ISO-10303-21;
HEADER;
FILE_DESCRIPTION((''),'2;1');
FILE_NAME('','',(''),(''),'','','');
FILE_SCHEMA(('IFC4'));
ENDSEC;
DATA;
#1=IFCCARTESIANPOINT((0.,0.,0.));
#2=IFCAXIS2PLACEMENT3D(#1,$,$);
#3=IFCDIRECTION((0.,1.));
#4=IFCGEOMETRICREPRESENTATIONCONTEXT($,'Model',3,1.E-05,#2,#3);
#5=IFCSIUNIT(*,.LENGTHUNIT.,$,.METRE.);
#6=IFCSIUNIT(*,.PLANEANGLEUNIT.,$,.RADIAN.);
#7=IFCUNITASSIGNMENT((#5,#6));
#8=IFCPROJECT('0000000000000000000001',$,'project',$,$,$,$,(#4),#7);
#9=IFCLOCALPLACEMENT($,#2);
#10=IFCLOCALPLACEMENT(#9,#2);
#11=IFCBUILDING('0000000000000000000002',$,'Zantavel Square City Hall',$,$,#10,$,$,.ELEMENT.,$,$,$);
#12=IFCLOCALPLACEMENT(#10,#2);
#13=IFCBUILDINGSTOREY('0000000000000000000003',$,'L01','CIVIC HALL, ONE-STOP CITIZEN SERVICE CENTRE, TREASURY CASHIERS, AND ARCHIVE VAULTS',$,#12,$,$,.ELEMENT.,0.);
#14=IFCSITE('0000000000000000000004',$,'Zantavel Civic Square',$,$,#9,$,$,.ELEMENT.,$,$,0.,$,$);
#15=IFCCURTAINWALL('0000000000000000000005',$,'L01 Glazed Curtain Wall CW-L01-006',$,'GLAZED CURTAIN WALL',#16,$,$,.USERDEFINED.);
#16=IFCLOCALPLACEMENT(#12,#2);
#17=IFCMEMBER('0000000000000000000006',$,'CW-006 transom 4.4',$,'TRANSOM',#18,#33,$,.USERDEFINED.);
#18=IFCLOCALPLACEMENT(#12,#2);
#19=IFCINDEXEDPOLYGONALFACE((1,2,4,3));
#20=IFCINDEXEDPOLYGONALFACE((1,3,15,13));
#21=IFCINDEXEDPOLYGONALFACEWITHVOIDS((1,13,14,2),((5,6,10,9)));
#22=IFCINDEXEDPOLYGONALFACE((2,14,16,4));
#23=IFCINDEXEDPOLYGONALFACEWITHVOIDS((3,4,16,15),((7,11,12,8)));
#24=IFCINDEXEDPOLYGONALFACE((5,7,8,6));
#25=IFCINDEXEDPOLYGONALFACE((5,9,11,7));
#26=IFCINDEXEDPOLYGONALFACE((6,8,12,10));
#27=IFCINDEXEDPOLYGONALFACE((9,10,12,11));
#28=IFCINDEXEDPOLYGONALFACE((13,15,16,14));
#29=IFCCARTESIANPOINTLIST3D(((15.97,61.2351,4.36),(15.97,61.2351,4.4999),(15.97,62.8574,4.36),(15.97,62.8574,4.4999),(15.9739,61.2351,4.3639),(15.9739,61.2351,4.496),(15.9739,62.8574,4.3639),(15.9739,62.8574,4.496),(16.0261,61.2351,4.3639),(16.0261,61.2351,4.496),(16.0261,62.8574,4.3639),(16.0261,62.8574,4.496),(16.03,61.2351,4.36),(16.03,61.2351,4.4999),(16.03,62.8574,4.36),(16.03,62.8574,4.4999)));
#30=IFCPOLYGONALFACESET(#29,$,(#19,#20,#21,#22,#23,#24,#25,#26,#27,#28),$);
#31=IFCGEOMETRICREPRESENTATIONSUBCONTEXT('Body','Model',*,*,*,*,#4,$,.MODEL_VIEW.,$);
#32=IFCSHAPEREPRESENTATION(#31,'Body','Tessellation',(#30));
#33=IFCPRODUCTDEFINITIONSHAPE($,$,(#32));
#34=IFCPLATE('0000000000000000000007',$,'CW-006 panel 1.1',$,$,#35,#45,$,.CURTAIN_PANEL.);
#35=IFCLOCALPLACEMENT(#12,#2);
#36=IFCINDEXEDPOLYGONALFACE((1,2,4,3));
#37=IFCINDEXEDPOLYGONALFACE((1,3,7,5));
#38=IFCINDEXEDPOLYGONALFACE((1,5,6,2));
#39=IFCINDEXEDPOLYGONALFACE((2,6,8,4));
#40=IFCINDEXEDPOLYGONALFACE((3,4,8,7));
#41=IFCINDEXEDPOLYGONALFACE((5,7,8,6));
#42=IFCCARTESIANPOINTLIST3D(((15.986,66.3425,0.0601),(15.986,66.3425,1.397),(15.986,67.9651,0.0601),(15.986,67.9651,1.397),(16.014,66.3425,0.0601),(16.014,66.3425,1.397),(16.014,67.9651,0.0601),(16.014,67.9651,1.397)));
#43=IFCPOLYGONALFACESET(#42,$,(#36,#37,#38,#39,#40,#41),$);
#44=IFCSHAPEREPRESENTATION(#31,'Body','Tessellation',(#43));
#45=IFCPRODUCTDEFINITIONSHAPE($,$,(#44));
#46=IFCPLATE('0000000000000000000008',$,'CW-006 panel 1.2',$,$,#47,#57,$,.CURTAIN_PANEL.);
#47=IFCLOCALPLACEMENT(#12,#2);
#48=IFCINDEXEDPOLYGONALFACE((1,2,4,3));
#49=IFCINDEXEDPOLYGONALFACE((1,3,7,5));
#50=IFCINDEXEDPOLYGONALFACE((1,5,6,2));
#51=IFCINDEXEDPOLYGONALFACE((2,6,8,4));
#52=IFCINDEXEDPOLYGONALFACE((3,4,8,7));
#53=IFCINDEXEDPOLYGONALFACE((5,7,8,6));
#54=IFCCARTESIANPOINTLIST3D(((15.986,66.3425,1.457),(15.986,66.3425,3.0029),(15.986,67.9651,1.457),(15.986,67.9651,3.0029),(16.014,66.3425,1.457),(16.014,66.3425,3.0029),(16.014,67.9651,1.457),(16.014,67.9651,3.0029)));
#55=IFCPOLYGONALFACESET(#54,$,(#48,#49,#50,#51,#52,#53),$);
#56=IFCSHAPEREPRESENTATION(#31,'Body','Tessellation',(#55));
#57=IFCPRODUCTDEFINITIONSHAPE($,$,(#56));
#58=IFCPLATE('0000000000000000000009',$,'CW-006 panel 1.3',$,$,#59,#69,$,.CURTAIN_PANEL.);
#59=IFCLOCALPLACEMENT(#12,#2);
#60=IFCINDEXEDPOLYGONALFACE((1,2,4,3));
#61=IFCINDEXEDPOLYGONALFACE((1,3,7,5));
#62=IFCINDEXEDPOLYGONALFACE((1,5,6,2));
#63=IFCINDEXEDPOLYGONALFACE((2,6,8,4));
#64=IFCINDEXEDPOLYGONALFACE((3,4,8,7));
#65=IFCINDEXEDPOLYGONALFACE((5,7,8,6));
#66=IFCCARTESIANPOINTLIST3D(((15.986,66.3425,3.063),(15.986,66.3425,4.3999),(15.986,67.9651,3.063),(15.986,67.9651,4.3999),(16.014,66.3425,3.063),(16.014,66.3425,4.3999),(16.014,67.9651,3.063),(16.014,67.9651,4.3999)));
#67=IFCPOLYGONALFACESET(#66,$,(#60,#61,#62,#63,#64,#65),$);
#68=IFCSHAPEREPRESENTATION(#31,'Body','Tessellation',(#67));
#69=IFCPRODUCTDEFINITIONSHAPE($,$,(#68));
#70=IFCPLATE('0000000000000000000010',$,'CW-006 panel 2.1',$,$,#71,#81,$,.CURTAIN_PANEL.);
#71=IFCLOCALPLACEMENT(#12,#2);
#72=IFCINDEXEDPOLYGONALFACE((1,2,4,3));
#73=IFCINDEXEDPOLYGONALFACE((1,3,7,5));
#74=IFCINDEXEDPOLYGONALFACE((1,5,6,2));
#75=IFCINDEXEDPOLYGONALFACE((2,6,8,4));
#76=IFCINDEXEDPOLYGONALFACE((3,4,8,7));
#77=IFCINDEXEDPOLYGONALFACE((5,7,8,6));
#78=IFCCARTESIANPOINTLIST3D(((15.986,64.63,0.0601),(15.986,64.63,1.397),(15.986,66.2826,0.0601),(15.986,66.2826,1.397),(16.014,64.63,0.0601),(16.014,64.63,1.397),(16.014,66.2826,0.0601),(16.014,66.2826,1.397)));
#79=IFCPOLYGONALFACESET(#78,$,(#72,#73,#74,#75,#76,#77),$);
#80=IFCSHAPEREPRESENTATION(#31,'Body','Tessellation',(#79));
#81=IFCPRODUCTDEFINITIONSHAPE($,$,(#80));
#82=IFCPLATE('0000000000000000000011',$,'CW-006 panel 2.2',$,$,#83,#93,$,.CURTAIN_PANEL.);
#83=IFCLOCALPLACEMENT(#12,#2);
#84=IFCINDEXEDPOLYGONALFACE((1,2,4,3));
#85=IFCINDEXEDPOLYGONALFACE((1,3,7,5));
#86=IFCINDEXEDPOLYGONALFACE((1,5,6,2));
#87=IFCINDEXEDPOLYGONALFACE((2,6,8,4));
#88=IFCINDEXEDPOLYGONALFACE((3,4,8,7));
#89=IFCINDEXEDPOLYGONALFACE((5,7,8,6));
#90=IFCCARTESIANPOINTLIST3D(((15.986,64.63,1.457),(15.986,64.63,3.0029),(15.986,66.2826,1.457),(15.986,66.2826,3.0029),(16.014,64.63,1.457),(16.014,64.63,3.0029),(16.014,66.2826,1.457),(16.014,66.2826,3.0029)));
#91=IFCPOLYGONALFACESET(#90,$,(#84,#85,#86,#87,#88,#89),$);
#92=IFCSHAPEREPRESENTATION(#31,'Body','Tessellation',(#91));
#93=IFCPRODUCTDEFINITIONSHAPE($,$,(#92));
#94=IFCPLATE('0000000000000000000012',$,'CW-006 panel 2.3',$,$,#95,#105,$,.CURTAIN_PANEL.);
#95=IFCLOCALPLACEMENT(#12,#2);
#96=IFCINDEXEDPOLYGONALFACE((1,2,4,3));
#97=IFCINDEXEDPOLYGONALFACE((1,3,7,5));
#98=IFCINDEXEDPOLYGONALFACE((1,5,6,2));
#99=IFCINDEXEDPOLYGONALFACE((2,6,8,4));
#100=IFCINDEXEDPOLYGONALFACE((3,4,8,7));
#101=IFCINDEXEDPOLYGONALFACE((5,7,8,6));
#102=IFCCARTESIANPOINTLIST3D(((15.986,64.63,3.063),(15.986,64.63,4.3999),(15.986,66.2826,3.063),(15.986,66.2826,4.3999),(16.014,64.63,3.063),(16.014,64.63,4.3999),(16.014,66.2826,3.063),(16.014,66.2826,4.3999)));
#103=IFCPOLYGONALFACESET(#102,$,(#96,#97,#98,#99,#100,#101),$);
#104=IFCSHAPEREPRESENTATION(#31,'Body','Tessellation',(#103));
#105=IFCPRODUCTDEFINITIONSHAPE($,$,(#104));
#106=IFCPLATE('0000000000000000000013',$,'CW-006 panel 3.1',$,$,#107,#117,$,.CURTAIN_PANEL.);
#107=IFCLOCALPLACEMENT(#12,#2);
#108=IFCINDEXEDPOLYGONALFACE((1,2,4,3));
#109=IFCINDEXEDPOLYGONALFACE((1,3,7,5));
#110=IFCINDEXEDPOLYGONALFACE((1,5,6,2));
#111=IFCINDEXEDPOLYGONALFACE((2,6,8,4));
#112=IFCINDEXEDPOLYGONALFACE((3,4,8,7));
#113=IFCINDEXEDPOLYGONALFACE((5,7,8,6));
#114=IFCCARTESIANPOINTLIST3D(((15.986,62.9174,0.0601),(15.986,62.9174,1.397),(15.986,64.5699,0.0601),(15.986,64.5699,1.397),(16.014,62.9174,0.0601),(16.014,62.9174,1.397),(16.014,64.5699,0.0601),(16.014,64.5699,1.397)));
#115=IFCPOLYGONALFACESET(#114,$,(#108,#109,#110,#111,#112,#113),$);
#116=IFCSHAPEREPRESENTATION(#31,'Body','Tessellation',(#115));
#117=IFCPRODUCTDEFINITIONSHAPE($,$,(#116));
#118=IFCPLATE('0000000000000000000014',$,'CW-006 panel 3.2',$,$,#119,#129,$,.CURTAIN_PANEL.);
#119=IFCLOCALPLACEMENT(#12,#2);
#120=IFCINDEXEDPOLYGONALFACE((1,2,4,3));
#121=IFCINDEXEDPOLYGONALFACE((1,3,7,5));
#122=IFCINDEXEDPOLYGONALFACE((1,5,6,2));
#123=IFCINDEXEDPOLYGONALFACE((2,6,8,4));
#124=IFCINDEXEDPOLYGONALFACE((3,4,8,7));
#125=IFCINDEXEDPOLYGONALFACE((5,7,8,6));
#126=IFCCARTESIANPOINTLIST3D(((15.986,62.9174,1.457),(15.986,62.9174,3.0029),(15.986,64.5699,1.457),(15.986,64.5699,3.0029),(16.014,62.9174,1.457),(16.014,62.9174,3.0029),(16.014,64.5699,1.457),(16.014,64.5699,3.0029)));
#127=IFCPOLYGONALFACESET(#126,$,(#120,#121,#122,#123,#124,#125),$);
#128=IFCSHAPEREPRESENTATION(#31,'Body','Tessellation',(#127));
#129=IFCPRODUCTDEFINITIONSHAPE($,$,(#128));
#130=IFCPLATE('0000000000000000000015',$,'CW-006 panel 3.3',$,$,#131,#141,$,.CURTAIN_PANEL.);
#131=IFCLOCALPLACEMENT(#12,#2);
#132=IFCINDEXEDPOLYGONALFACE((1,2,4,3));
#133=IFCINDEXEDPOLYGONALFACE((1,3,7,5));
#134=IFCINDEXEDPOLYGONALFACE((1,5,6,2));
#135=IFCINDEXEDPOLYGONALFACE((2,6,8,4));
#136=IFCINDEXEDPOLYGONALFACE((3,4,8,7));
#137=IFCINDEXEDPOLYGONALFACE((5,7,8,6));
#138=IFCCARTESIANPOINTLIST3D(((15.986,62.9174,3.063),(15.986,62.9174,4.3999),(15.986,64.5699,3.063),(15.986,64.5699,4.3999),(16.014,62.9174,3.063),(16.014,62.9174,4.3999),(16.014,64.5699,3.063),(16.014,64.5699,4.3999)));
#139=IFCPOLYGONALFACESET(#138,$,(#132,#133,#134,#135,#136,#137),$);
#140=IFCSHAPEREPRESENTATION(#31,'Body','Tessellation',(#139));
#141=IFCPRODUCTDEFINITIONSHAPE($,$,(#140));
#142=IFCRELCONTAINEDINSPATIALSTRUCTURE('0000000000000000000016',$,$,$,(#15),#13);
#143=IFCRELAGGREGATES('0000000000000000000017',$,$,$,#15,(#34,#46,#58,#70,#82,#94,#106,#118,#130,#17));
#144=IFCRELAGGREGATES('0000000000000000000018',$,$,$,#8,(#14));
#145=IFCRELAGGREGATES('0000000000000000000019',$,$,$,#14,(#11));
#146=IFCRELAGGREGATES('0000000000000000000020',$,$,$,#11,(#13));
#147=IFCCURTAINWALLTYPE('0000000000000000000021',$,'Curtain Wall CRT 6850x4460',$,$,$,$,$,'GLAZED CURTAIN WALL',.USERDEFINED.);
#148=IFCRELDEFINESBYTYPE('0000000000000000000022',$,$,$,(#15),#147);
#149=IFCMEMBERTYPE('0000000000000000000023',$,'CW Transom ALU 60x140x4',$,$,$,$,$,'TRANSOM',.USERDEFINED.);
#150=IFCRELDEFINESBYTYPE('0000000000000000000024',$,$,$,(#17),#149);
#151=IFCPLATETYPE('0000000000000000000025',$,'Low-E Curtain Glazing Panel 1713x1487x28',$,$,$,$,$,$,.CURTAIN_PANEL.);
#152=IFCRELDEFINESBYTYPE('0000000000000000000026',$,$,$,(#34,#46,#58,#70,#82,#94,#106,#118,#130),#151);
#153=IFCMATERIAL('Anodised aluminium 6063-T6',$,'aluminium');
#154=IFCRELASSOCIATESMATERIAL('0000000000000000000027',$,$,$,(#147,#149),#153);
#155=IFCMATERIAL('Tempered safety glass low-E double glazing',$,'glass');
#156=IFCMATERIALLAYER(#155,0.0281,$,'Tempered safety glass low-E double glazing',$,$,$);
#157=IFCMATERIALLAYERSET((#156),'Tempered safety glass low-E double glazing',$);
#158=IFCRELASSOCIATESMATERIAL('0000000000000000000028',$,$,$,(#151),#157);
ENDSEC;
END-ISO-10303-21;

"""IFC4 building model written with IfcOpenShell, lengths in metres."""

from ifc_helpers import new_model, si_unit, direction, frame, origin, origin_2d, place, context, subcontext, project, spatial, rectangle, hollow_rectangle, extrude, material, layer, layer_set, material_profile, profile_set, type_object, element, aggregate, save


model = new_model("IFC4")

# Units and contexts
model_context = context("Model", 3, precision=1e-05, world=origin(), true_north=direction((0.0, 1.0)))
body_context = subcontext(model_context, "Body", "Model", "MODEL_VIEW")
ifc_project = project(units=[si_unit("LENGTHUNIT", "METRE"), si_unit("PLANEANGLEUNIT", "RADIAN")], contexts=[model_context])

# Site, building, storey
site_placement = place(None, origin())
site = spatial("IfcSite", under=ifc_project, at=site_placement, Name="Zantavel Civic Square", CompositionType="ELEMENT", RefElevation=0.0)
building_placement = place(site_placement, origin())
building = spatial("IfcBuilding", under=site, at=building_placement, Name="Zantavel Square City Hall", CompositionType="ELEMENT")
storey_placement = place(building_placement, origin())
storey = spatial("IfcBuildingStorey", under=building, at=storey_placement, Name="L01", Description="CIVIC HALL, ONE-STOP CITIZEN SERVICE CENTRE, TREASURY CASHIERS, AND ARCHIVE VAULTS", CompositionType="ELEMENT", Elevation=0.0)

# Curtain wall, member, plates
ifc_material_1 = material(Name="Anodised aluminium 6063-T6", Category="aluminium")
curtain_wall_type = type_object("IfcCurtainWallType", Name="Curtain Wall CRT 6850x4460", ElementType="GLAZED CURTAIN WALL", PredefinedType="USERDEFINED", material=ifc_material_1)
curtain_wall_placement = place(storey_placement, origin())
curtain_wall = element("IfcCurtainWall", 1, at=curtain_wall_placement, inside=storey, type_object=curtain_wall_type, Name="L01 Glazed Curtain Wall CW-L01-006", ObjectType="GLAZED CURTAIN WALL", PredefinedType="USERDEFINED")
ifc_material_profile_1 = material_profile(ifc_material_1, hollow_rectangle(XDim=0.0601, YDim=0.1399, WallThickness=0.0039, at=origin_2d()), Name="ALU 60x140x4")
ifc_profile_set_1 = profile_set([ifc_material_profile_1], Name="Anodised aluminium 6063-T6")
member_type_1 = type_object("IfcMemberType", Name="CW Transom ALU 60x140x4", ElementType="TRANSOM", PredefinedType="USERDEFINED", material=ifc_profile_set_1)
member_1_placement = place(storey_placement, frame((16.0, 62.8574, 4.4299), z_axis=(0.0, -1.0, 0.0), x_axis=(1.0, 0.0, 0.0)))
member_1 = element("IfcMember", 2, at=member_1_placement, type_object=member_type_1, Name="CW-006 transom 4.4", ObjectType="TRANSOM", PredefinedType="USERDEFINED", context=body_context, shape_type="SweptSolid", body=[
    extrude(hollow_rectangle(XDim=0.0601, YDim=0.1399, WallThickness=0.0039, at=origin_2d()), origin(), (0.0, 0.0, 1.0), 1.6223),
])
ifc_material_2 = material(Name="Tempered safety glass low-E double glazing", Category="glass")
ifc_layer = layer(ifc_material_2, 0.0281, Name="Tempered safety glass low-E double glazing")
ifc_layer_set = layer_set([ifc_layer], Name="Tempered safety glass low-E double glazing")
plate_type = type_object("IfcPlateType", Name="Low-E Curtain Glazing Panel 1713x1487x28", PredefinedType="CURTAIN_PANEL", material=ifc_layer_set)
plate_1_placement = place(storey_placement, frame((16.0, 67.1538, 0.0601), z_axis=(0.0, 0.0, 1.0), x_axis=(0.0, -1.0, 0.0)))
plate_1 = element("IfcPlate", 3, at=plate_1_placement, type_object=plate_type, Name="CW-006 panel 1.1", PredefinedType="CURTAIN_PANEL", context=body_context, shape_type="SweptSolid", body=[
    extrude(rectangle(XDim=1.6226, YDim=0.0281, at=origin_2d()), origin(), (0.0, 0.0, 1.0), 1.3369),
])
plate_2_placement = place(storey_placement, frame((16.0, 67.1538, 1.457), z_axis=(0.0, 0.0, 1.0), x_axis=(0.0, -1.0, 0.0)))
plate_2 = element("IfcPlate", 4, at=plate_2_placement, type_object=plate_type, Name="CW-006 panel 1.2", PredefinedType="CURTAIN_PANEL", context=body_context, shape_type="SweptSolid", body=[
    extrude(rectangle(XDim=1.6226, YDim=0.0281, at=origin_2d()), origin(), (0.0, 0.0, 1.0), 1.5459),
])
plate_3_placement = place(storey_placement, frame((16.0, 67.1538, 3.063), z_axis=(0.0, 0.0, 1.0), x_axis=(0.0, -1.0, 0.0)))
plate_3 = element("IfcPlate", 5, at=plate_3_placement, type_object=plate_type, Name="CW-006 panel 1.3", PredefinedType="CURTAIN_PANEL", context=body_context, shape_type="SweptSolid", body=[
    extrude(rectangle(XDim=1.6226, YDim=0.0281, at=origin_2d()), origin(), (0.0, 0.0, 1.0), 1.3369),
])
plate_4_placement = place(storey_placement, frame((16.0, 65.4563, 0.0601), z_axis=(0.0, 0.0, 1.0), x_axis=(0.0, -1.0, 0.0)))
plate_4 = element("IfcPlate", 6, at=plate_4_placement, type_object=plate_type, Name="CW-006 panel 2.1", PredefinedType="CURTAIN_PANEL", context=body_context, shape_type="SweptSolid", body=[
    extrude(rectangle(XDim=1.6526, YDim=0.0281, at=origin_2d()), origin(), (0.0, 0.0, 1.0), 1.3369),
])
plate_5_placement = place(storey_placement, frame((16.0, 65.4563, 1.457), z_axis=(0.0, 0.0, 1.0), x_axis=(0.0, -1.0, 0.0)))
plate_5 = element("IfcPlate", 7, at=plate_5_placement, type_object=plate_type, Name="CW-006 panel 2.2", PredefinedType="CURTAIN_PANEL", context=body_context, shape_type="SweptSolid", body=[
    extrude(rectangle(XDim=1.6526, YDim=0.0281, at=origin_2d()), origin(), (0.0, 0.0, 1.0), 1.5459),
])
plate_6_placement = place(storey_placement, frame((16.0, 65.4563, 3.063), z_axis=(0.0, 0.0, 1.0), x_axis=(0.0, -1.0, 0.0)))
plate_6 = element("IfcPlate", 8, at=plate_6_placement, type_object=plate_type, Name="CW-006 panel 2.3", PredefinedType="CURTAIN_PANEL", context=body_context, shape_type="SweptSolid", body=[
    extrude(rectangle(XDim=1.6526, YDim=0.0281, at=origin_2d()), origin(), (0.0, 0.0, 1.0), 1.3369),
])
plate_7_placement = place(storey_placement, frame((16.0, 63.7437, 0.0601), z_axis=(0.0, 0.0, 1.0), x_axis=(0.0, -1.0, 0.0)))
plate_7 = element("IfcPlate", 9, at=plate_7_placement, type_object=plate_type, Name="CW-006 panel 3.1", PredefinedType="CURTAIN_PANEL", context=body_context, shape_type="SweptSolid", body=[
    extrude(rectangle(XDim=1.6526, YDim=0.0281, at=origin_2d()), origin(), (0.0, 0.0, 1.0), 1.3369),
])
plate_8_placement = place(storey_placement, frame((16.0, 63.7437, 1.457), z_axis=(0.0, 0.0, 1.0), x_axis=(0.0, -1.0, 0.0)))
plate_8 = element("IfcPlate", 10, at=plate_8_placement, type_object=plate_type, Name="CW-006 panel 3.2", PredefinedType="CURTAIN_PANEL", context=body_context, shape_type="SweptSolid", body=[
    extrude(rectangle(XDim=1.6526, YDim=0.0281, at=origin_2d()), origin(), (0.0, 0.0, 1.0), 1.5459),
])
plate_9_placement = place(storey_placement, frame((16.0, 63.7437, 3.063), z_axis=(0.0, 0.0, 1.0), x_axis=(0.0, -1.0, 0.0)))
plate_9 = element("IfcPlate", 11, at=plate_9_placement, type_object=plate_type, Name="CW-006 panel 3.3", PredefinedType="CURTAIN_PANEL", context=body_context, shape_type="SweptSolid", body=[
    extrude(rectangle(XDim=1.6526, YDim=0.0281, at=origin_2d()), origin(), (0.0, 0.0, 1.0), 1.3369),
])
aggregate(curtain_wall, [plate_1, plate_2, plate_3, plate_4, plate_5, plate_6, plate_7, plate_8, plate_9, member_1])

save(model, "model.ifc")
